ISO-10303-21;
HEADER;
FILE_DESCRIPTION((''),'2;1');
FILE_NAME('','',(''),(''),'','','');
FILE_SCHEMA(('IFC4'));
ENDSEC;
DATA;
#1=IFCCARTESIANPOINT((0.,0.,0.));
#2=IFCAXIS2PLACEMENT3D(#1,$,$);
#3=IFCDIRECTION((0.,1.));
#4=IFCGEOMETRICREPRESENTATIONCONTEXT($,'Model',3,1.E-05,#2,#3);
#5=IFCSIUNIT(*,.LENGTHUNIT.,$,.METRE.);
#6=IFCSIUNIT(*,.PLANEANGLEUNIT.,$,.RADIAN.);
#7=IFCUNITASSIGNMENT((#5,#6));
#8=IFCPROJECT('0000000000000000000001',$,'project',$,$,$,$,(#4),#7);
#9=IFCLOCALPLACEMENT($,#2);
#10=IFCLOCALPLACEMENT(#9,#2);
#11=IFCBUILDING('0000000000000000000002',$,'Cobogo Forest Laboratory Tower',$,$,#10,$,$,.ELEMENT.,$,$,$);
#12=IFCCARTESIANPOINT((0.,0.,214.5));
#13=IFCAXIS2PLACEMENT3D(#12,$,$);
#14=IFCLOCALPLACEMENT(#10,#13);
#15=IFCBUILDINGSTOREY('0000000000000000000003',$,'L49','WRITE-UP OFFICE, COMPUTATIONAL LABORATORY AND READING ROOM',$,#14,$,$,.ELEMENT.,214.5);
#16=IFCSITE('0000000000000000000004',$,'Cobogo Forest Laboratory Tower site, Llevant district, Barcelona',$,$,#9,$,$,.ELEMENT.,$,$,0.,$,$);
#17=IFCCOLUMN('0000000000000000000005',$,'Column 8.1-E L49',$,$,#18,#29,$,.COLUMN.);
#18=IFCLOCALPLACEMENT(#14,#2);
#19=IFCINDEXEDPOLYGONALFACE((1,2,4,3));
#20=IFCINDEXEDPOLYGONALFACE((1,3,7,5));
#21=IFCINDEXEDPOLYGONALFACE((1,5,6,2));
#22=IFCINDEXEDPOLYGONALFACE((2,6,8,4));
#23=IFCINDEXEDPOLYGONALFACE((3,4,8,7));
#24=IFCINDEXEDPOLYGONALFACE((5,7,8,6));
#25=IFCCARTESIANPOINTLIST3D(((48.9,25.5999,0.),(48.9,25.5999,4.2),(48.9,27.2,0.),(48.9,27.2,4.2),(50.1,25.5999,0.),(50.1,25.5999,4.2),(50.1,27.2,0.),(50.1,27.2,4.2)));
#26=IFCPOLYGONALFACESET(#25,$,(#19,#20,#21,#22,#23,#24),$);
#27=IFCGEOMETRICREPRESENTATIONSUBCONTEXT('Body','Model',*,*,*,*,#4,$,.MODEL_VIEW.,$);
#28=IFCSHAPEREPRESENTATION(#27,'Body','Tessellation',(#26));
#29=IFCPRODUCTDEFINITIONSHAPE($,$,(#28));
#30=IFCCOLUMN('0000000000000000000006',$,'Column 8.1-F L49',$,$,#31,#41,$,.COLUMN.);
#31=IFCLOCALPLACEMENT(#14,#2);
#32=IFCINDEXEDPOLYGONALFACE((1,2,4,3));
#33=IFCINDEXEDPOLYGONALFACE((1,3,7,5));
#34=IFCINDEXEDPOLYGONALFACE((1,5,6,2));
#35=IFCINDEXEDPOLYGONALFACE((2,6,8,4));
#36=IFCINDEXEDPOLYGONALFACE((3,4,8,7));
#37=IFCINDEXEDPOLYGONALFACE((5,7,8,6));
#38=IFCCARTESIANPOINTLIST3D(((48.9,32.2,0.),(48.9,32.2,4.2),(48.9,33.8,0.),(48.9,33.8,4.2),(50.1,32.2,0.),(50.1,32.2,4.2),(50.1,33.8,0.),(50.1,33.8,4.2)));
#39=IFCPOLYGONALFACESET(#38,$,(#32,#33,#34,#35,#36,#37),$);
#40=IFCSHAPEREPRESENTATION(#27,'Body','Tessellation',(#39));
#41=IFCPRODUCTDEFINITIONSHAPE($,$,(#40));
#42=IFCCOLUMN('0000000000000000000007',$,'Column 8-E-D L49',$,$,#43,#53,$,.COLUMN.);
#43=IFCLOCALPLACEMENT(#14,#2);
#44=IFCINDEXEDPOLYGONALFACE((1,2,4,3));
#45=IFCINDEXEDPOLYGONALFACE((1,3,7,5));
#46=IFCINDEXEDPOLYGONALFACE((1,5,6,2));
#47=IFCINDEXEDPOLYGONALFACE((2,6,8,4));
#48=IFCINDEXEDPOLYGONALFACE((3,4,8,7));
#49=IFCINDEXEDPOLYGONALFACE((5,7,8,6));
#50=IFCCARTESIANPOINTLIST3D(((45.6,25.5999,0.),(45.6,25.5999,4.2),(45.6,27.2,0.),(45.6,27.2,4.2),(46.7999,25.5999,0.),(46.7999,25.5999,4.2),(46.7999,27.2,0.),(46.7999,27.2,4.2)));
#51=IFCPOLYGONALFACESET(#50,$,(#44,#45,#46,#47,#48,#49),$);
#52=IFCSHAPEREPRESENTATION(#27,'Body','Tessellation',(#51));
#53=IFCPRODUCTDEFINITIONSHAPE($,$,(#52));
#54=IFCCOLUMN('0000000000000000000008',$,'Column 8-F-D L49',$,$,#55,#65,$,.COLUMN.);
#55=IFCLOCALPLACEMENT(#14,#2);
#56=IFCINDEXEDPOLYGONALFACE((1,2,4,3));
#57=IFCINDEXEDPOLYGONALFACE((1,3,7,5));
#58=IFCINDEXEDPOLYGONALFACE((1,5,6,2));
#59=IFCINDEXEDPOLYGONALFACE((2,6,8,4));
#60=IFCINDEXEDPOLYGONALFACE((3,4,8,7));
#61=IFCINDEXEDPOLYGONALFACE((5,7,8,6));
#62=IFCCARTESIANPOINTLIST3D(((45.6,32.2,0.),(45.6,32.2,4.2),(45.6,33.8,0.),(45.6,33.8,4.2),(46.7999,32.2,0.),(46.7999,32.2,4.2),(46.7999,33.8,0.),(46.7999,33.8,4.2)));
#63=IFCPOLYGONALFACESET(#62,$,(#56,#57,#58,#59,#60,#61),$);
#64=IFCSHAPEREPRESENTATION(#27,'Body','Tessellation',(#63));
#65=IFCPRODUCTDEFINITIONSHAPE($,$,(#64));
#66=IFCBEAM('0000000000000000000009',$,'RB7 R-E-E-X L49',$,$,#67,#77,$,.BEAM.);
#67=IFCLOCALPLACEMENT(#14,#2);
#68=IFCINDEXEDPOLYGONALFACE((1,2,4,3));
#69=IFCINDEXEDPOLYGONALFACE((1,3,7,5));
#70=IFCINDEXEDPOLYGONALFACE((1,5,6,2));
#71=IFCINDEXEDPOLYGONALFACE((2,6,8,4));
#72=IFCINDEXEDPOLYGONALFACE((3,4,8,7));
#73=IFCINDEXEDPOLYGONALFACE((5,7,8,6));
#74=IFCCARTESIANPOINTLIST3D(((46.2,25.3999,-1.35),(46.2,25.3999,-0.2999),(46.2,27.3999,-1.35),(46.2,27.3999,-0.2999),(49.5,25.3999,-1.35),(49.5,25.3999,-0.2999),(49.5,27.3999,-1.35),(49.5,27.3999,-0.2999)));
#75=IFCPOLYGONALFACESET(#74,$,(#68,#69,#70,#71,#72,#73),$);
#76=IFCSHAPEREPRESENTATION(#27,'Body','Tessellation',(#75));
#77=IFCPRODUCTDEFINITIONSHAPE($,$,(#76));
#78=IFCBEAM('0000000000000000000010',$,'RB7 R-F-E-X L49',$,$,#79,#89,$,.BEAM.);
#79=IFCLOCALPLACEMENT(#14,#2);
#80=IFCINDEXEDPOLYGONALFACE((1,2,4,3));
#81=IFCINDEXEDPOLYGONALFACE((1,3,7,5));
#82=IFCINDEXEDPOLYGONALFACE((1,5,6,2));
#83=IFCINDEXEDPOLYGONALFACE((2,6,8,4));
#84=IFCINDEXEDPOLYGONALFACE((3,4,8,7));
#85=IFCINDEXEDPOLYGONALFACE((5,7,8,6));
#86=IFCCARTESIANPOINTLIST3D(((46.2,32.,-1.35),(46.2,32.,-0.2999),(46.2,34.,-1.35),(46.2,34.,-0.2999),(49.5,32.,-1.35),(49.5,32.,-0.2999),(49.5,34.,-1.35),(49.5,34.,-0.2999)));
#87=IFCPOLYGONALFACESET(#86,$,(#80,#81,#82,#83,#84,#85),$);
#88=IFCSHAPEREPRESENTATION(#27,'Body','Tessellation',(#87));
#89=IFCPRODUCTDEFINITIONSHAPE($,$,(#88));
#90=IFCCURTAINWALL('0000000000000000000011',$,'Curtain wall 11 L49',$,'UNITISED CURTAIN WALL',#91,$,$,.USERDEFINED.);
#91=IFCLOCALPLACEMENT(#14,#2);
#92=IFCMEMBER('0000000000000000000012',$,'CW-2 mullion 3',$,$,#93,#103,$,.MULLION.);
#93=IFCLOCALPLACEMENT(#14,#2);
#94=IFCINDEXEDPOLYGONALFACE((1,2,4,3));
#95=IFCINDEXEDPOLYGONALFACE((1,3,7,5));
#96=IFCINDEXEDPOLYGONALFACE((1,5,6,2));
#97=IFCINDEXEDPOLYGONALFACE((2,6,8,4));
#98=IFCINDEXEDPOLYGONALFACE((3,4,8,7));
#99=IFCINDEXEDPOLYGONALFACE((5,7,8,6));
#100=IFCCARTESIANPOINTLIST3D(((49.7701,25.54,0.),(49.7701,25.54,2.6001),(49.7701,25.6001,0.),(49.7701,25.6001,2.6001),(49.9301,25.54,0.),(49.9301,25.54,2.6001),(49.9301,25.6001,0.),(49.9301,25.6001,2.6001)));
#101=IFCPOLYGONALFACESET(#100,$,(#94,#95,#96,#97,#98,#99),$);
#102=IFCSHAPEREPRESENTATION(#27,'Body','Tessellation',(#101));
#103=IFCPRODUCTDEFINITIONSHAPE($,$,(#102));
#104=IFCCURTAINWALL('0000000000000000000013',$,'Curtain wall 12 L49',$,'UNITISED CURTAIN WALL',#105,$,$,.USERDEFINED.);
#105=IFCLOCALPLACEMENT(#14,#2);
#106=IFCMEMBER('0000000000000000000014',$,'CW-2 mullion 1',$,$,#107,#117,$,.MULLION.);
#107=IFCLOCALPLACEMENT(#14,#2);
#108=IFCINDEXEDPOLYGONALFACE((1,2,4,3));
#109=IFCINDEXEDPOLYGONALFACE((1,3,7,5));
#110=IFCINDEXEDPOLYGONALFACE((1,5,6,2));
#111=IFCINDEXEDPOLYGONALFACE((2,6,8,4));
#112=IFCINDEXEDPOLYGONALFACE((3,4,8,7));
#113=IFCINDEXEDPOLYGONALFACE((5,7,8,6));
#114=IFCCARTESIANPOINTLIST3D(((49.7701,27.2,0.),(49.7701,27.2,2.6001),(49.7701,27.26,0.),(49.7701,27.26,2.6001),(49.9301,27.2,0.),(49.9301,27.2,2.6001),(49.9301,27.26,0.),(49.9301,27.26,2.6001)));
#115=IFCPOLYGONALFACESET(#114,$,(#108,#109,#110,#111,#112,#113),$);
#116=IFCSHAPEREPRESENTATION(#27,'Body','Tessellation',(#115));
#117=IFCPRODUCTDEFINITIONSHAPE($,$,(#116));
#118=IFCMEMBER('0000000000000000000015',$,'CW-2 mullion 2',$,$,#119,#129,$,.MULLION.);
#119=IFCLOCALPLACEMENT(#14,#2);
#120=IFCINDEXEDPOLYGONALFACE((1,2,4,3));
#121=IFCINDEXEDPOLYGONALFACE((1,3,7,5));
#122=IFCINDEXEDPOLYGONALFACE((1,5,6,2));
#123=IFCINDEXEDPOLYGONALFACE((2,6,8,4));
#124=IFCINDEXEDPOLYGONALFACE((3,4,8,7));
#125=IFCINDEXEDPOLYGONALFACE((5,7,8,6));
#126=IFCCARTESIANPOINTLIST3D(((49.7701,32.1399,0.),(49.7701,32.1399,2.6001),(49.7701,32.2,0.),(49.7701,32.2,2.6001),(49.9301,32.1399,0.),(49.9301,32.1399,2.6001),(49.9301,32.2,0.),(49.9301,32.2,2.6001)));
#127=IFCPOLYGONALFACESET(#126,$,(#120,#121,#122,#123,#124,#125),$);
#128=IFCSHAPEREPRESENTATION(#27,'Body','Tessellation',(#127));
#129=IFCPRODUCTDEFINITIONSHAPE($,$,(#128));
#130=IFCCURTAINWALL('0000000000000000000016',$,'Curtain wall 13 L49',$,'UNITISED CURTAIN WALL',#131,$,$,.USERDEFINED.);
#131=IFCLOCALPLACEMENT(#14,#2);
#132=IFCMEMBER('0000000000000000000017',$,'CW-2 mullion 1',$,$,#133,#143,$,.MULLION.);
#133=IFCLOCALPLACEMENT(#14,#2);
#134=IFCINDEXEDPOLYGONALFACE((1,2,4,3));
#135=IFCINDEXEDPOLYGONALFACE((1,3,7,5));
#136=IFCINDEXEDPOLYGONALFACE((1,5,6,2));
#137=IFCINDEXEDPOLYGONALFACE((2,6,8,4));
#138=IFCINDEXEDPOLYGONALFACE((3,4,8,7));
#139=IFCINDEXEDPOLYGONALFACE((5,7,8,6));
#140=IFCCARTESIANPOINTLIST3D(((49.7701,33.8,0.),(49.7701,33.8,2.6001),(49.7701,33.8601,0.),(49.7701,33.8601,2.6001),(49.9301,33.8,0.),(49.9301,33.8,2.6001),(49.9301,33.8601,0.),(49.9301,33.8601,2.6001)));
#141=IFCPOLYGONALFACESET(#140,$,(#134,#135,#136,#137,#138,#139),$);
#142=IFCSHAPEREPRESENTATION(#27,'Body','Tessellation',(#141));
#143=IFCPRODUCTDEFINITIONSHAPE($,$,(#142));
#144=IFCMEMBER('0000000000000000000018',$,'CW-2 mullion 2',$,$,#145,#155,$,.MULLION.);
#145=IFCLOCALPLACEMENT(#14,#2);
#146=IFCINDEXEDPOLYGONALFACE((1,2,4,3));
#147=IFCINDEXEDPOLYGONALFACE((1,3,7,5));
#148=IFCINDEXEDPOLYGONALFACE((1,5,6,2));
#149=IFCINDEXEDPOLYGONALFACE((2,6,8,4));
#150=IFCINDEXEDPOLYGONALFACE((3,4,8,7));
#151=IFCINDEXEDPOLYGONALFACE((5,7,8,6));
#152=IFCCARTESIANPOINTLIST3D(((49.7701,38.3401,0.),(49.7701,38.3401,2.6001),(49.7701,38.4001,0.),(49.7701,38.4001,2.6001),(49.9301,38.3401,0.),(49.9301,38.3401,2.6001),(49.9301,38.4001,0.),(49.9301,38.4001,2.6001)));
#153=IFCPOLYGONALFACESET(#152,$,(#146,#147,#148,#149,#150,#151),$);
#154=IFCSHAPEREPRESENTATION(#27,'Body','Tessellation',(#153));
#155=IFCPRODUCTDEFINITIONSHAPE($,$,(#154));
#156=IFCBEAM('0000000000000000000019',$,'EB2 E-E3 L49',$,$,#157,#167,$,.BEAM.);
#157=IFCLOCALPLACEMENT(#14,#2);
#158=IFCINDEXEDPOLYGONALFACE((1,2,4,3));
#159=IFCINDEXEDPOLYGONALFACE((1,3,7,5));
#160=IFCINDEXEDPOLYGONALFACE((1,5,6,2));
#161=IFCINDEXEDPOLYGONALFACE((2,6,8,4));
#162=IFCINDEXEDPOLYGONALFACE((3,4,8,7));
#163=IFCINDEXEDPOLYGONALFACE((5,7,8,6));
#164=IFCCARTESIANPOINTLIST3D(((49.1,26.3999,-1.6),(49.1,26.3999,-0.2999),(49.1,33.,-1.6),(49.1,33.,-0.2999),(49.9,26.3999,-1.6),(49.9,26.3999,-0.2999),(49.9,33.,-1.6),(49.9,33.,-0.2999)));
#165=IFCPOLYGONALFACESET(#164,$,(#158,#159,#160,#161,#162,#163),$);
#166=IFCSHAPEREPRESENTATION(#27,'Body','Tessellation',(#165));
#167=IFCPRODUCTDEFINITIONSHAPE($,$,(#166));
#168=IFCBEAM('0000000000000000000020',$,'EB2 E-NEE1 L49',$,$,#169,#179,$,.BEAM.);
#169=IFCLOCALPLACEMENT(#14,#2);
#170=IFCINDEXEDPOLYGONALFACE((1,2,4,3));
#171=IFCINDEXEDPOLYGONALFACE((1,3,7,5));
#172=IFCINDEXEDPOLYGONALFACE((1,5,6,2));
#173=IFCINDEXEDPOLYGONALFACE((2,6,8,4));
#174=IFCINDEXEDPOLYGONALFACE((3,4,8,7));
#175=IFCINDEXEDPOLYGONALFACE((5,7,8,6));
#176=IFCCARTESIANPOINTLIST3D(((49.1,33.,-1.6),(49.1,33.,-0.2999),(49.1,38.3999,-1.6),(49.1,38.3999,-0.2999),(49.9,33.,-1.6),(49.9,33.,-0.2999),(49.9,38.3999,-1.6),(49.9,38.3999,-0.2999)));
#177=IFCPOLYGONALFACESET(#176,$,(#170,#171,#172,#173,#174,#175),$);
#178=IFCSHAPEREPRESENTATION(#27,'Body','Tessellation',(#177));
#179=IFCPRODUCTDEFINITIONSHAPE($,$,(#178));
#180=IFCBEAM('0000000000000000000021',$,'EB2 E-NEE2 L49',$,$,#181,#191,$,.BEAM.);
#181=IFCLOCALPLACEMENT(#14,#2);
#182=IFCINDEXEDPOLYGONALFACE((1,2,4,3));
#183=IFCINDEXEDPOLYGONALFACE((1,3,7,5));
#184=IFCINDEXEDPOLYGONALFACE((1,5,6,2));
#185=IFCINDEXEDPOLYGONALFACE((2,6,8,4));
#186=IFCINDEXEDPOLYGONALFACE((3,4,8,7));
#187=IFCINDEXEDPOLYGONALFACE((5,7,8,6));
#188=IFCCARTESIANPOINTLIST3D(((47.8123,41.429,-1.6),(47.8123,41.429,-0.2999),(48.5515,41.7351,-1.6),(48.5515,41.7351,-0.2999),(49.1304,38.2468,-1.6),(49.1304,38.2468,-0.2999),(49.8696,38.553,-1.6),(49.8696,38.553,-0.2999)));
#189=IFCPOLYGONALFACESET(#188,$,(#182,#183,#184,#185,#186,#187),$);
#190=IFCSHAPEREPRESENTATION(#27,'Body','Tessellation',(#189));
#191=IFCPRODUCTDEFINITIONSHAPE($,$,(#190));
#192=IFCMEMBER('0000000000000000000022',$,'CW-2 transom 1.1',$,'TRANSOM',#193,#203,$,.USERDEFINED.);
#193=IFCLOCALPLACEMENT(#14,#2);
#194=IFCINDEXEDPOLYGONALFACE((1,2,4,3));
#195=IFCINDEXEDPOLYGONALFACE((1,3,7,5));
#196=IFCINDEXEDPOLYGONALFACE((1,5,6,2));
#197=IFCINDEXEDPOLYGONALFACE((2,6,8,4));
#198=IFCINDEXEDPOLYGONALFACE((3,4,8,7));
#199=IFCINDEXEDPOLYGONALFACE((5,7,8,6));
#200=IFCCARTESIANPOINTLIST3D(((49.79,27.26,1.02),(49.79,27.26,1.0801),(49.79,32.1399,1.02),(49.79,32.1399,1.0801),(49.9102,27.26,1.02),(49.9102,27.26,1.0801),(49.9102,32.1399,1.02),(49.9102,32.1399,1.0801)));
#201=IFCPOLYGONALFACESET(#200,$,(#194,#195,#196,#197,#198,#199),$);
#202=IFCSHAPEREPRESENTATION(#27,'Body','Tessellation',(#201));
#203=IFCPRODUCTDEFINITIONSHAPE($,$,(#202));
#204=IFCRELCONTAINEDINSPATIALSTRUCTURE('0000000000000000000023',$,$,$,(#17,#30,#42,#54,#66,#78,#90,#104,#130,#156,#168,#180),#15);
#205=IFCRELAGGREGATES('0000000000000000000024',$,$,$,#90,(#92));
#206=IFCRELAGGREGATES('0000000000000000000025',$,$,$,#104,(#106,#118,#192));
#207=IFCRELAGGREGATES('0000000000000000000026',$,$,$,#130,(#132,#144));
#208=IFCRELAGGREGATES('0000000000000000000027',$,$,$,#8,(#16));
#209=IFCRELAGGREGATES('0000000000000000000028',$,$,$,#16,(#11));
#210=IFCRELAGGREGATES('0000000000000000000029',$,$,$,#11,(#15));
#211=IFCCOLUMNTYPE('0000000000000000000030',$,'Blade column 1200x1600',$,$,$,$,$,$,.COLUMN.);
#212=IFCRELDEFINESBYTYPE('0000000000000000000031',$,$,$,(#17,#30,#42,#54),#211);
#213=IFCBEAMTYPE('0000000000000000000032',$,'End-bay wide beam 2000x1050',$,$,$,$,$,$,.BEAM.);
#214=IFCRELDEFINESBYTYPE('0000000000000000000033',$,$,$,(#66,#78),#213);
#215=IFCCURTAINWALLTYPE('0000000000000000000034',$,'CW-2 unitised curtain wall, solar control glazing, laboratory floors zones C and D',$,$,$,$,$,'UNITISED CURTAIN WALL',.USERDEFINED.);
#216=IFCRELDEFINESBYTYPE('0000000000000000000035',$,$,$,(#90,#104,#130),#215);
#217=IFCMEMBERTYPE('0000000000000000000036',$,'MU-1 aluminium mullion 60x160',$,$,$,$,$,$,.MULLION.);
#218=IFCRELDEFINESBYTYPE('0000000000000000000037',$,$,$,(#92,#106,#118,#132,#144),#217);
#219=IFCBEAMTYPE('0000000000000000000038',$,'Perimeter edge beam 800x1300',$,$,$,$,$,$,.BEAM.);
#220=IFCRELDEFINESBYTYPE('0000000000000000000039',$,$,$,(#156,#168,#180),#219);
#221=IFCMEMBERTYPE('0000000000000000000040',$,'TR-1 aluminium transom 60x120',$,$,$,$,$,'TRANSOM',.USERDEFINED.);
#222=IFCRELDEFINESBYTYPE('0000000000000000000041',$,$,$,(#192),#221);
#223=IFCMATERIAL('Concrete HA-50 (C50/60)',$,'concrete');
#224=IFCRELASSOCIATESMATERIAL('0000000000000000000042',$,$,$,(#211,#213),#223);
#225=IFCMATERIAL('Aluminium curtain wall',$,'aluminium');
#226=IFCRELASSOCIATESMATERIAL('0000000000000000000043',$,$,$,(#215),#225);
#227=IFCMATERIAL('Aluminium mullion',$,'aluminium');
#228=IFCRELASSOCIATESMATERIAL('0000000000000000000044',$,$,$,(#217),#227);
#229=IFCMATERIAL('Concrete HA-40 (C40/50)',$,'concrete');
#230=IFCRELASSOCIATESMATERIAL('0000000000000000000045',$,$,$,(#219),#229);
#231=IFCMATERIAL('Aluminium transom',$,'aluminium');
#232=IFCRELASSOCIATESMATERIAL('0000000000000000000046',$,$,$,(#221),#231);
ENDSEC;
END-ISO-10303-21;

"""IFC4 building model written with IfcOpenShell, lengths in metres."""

from ifc_helpers import new_model, si_unit, direction, frame, origin, origin_2d, place, context, subcontext, project, spatial, rectangle, extrude, material, material_profile, profile_set, type_object, element, aggregate, save


model = new_model("IFC4")

# Units and contexts
model_context = context("Model", 3, precision=1e-05, world=origin(), true_north=direction((0.0, 1.0)))
body_context = subcontext(model_context, "Body", "Model", "MODEL_VIEW")
ifc_project = project(units=[si_unit("LENGTHUNIT", "METRE"), si_unit("PLANEANGLEUNIT", "RADIAN")], contexts=[model_context])

# Site, building, storey
site_placement = place(None, origin())
site = spatial("IfcSite", under=ifc_project, at=site_placement, Name="Cobogo Forest Laboratory Tower site, Llevant district, Barcelona", CompositionType="ELEMENT", RefElevation=0.0)
building_placement = place(site_placement, origin())
building = spatial("IfcBuilding", under=site, at=building_placement, Name="Cobogo Forest Laboratory Tower", CompositionType="ELEMENT")
storey_placement = place(building_placement, frame((0.0, 0.0, 214.5)))
storey = spatial("IfcBuildingStorey", under=building, at=storey_placement, Name="L49", Description="WRITE-UP OFFICE, COMPUTATIONAL LABORATORY AND READING ROOM", CompositionType="ELEMENT", Elevation=214.5)

# Columns
ifc_material_1 = material(Name="Concrete HA-50 (C50/60)", Category="concrete")
ifc_material_profile_1 = material_profile(ifc_material_1, rectangle(XDim=1.6001, YDim=1.2, at=origin_2d()), Name="RC 1200x1600")
ifc_profile_set_1 = profile_set([ifc_material_profile_1], Name="Concrete HA-50 (C50/60)")
column_type = type_object("IfcColumnType", Name="Blade column 1200x1600", PredefinedType="COLUMN", material=ifc_profile_set_1)
for number, where, z_axis, x_axis, name in (
    (1, (49.5, 26.3999, 0.0), (0.0, 0.0, 1.0), (0.0, 1.0, 0.0), "Column 8.1-E L49"),
    (2, (49.5, 33.0, 0.0), (0.0, 0.0, 1.0), (0.0, 1.0, 0.0), "Column 8.1-F L49"),
    (3, (46.2, 26.3999, 0.0), (0.0, 0.0, 1.0), (0.0, 1.0, 0.0), "Column 8-E-D L49"),
    (4, (46.2, 33.0, 0.0), (0.0, 0.0, 1.0), (0.0, 1.0, 0.0), "Column 8-F-D L49"),
):
    element("IfcColumn", number, at=place(storey_placement, frame(where, z_axis=z_axis, x_axis=x_axis)), inside=storey, type_object=column_type, Name=name, PredefinedType="COLUMN", context=body_context, shape_type="SweptSolid", body=[
        extrude(rectangle(XDim=1.6001, YDim=1.2, at=origin_2d()), origin(), (0.0, 0.0, 1.0), 4.2),
    ])

# Beams
ifc_material_profile_2 = material_profile(ifc_material_1, rectangle(XDim=2.0, YDim=1.05, at=origin_2d()), Name="RC 2000x1050")
ifc_profile_set_2 = profile_set([ifc_material_profile_2], Name="Concrete HA-50 (C50/60)")
beam_type_1 = type_object("IfcBeamType", Name="End-bay wide beam 2000x1050", PredefinedType="BEAM", material=ifc_profile_set_2)
for number, where, z_axis, x_axis, name in (
    (5, (49.5, 26.3999, -0.825), (-1.0, 0.0, 0.0), (0.0, -1.0, 0.0), "RB7 R-E-E-X L49"),
    (6, (49.5, 33.0, -0.825), (-1.0, 0.0, 0.0), (0.0, -1.0, 0.0), "RB7 R-F-E-X L49"),
):
    element("IfcBeam", number, at=place(storey_placement, frame(where, z_axis=z_axis, x_axis=x_axis)), inside=storey, type_object=beam_type_1, Name=name, PredefinedType="BEAM", context=body_context, shape_type="SweptSolid", body=[
        extrude(rectangle(XDim=2.0, YDim=1.05, at=origin_2d()), origin(), (0.0, 0.0, 1.0), 3.3),
    ])

# Curtain wall, member
ifc_material_2 = material(Name="Aluminium curtain wall", Category="aluminium")
curtain_wall_type = type_object("IfcCurtainWallType", Name="CW-2 unitised curtain wall, solar control glazing, laboratory floors zones C and D", ElementType="UNITISED CURTAIN WALL", PredefinedType="USERDEFINED", material=ifc_material_2)
curtain_wall_1_placement = place(storey_placement, origin())
curtain_wall_1 = element("IfcCurtainWall", 7, at=curtain_wall_1_placement, inside=storey, type_object=curtain_wall_type, Name="Curtain wall 11 L49", ObjectType="UNITISED CURTAIN WALL", PredefinedType="USERDEFINED")
ifc_material_3 = material(Name="Aluminium mullion", Category="aluminium")
ifc_material_profile_3 = material_profile(ifc_material_3, rectangle(XDim=0.0601, YDim=0.1599, at=origin_2d()), Name="AL 60x160")
ifc_profile_set_3 = profile_set([ifc_material_profile_3], Name="Aluminium mullion")
member_type_1 = type_object("IfcMemberType", Name="MU-1 aluminium mullion 60x160", PredefinedType="MULLION", material=ifc_profile_set_3)
member_1_placement = place(storey_placement, frame((49.8501, 25.5701, 0.0), z_axis=(0.0, 0.0, 1.0), x_axis=(0.0, 1.0, 0.0)))
member_1 = element("IfcMember", 8, at=member_1_placement, type_object=member_type_1, Name="CW-2 mullion 3", PredefinedType="MULLION", context=body_context, shape_type="SweptSolid", body=[
    extrude(rectangle(XDim=0.0601, YDim=0.1599, at=origin_2d()), origin(), (0.0, 0.0, 1.0), 2.6001),
])

# Curtain walls, members
curtain_wall_2_placement = place(storey_placement, origin())
curtain_wall_2 = element("IfcCurtainWall", 9, at=curtain_wall_2_placement, inside=storey, type_object=curtain_wall_type, Name="Curtain wall 12 L49", ObjectType="UNITISED CURTAIN WALL", PredefinedType="USERDEFINED")
member_2_placement = place(storey_placement, frame((49.8501, 27.23, 0.0), z_axis=(0.0, 0.0, 1.0), x_axis=(0.0, 1.0, 0.0)))
member_2 = element("IfcMember", 10, at=member_2_placement, type_object=member_type_1, Name="CW-2 mullion 1", PredefinedType="MULLION", context=body_context, shape_type="SweptSolid", body=[
    extrude(rectangle(XDim=0.0601, YDim=0.1599, at=origin_2d()), origin(), (0.0, 0.0, 1.0), 2.6001),
])
member_3_placement = place(storey_placement, frame((49.8501, 32.1699, 0.0), z_axis=(0.0, 0.0, 1.0), x_axis=(0.0, 1.0, 0.0)))
member_3 = element("IfcMember", 11, at=member_3_placement, type_object=member_type_1, Name="CW-2 mullion 2", PredefinedType="MULLION", context=body_context, shape_type="SweptSolid", body=[
    extrude(rectangle(XDim=0.0601, YDim=0.1599, at=origin_2d()), origin(), (0.0, 0.0, 1.0), 2.6001),
])
curtain_wall_3_placement = place(storey_placement, origin())
curtain_wall_3 = element("IfcCurtainWall", 12, at=curtain_wall_3_placement, inside=storey, type_object=curtain_wall_type, Name="Curtain wall 13 L49", ObjectType="UNITISED CURTAIN WALL", PredefinedType="USERDEFINED")
member_4_placement = place(storey_placement, frame((49.8501, 33.8301, 0.0), z_axis=(0.0, 0.0, 1.0), x_axis=(0.0, 1.0, 0.0)))
member_4 = element("IfcMember", 13, at=member_4_placement, type_object=member_type_1, Name="CW-2 mullion 1", PredefinedType="MULLION", context=body_context, shape_type="SweptSolid", body=[
    extrude(rectangle(XDim=0.0601, YDim=0.1599, at=origin_2d()), origin(), (0.0, 0.0, 1.0), 2.6001),
])
member_5_placement = place(storey_placement, frame((49.8501, 38.3701, 0.0), z_axis=(0.0, 0.0, 1.0), x_axis=(0.0, 1.0, 0.0)))
member_5 = element("IfcMember", 14, at=member_5_placement, type_object=member_type_1, Name="CW-2 mullion 2", PredefinedType="MULLION", context=body_context, shape_type="SweptSolid", body=[
    extrude(rectangle(XDim=0.0601, YDim=0.1599, at=origin_2d()), origin(), (0.0, 0.0, 1.0), 2.6001),
])

# Beams
ifc_material_4 = material(Name="Concrete HA-40 (C40/50)", Category="concrete")
ifc_material_profile_4 = material_profile(ifc_material_4, rectangle(XDim=0.8, YDim=1.3, at=origin_2d()), Name="RC 800x1300")
ifc_profile_set_4 = profile_set([ifc_material_profile_4], Name="Concrete HA-40 (C40/50)")
beam_type_2 = type_object("IfcBeamType", Name="Perimeter edge beam 800x1300", PredefinedType="BEAM", material=ifc_profile_set_4)
beam_1_placement = place(storey_placement, frame((49.5, 26.3999, -0.95), z_axis=(0.0, 1.0, 0.0), x_axis=(-1.0, 0.0, 0.0)))
element("IfcBeam", 15, at=beam_1_placement, inside=storey, type_object=beam_type_2, Name="EB2 E-E3 L49", PredefinedType="BEAM", context=body_context, shape_type="SweptSolid", body=[
    extrude(rectangle(XDim=0.8, YDim=1.3, at=origin_2d()), origin(), (0.0, 0.0, 1.0), 6.6001),
])
beam_2_placement = place(storey_placement, frame((49.5, 33.0, -0.95), z_axis=(0.0, 1.0, 0.0), x_axis=(-1.0, 0.0, 0.0)))
element("IfcBeam", 16, at=beam_2_placement, inside=storey, type_object=beam_type_2, Name="EB2 E-NEE1 L49", PredefinedType="BEAM", context=body_context, shape_type="SweptSolid", body=[
    extrude(rectangle(XDim=0.8, YDim=1.3, at=origin_2d()), origin(), (0.0, 0.0, 1.0), 5.3999),
])
beam_3_placement = place(storey_placement, frame((49.5, 38.3999, -0.95), z_axis=(-0.382692, 0.923876, 0.0), x_axis=(-0.923876, -0.382692, 0.0)))
element("IfcBeam", 17, at=beam_3_placement, inside=storey, type_object=beam_type_2, Name="EB2 E-NEE2 L49", PredefinedType="BEAM", context=body_context, shape_type="SweptSolid", body=[
    extrude(rectangle(XDim=0.8, YDim=1.3, at=origin_2d()), origin(), (0.0, 0.0, 1.0), 3.4443),
])

# Member
ifc_material_5 = material(Name="Aluminium transom", Category="aluminium")
ifc_material_profile_5 = material_profile(ifc_material_5, rectangle(XDim=0.1201, YDim=0.0601, at=origin_2d()), Name="AL 60x120")
ifc_profile_set_5 = profile_set([ifc_material_profile_5], Name="Aluminium transom")
member_type_2 = type_object("IfcMemberType", Name="TR-1 aluminium transom 60x120", ElementType="TRANSOM", PredefinedType="USERDEFINED", material=ifc_profile_set_5)
member_6_placement = place(storey_placement, frame((49.8501, 27.26, 1.05), z_axis=(0.0, 1.0, 0.0), x_axis=(-1.0, 0.0, 0.0)))
member_6 = element("IfcMember", 18, at=member_6_placement, type_object=member_type_2, Name="CW-2 transom 1.1", ObjectType="TRANSOM", PredefinedType="USERDEFINED", context=body_context, shape_type="SweptSolid", body=[
    extrude(rectangle(XDim=0.1201, YDim=0.0601, at=origin_2d()), origin(), (0.0, 0.0, 1.0), 4.8799),
])

aggregate(curtain_wall_1, [member_1])
aggregate(curtain_wall_2, [member_2, member_3, member_6])
aggregate(curtain_wall_3, [member_4, member_5])

save(model, "model.ifc")
